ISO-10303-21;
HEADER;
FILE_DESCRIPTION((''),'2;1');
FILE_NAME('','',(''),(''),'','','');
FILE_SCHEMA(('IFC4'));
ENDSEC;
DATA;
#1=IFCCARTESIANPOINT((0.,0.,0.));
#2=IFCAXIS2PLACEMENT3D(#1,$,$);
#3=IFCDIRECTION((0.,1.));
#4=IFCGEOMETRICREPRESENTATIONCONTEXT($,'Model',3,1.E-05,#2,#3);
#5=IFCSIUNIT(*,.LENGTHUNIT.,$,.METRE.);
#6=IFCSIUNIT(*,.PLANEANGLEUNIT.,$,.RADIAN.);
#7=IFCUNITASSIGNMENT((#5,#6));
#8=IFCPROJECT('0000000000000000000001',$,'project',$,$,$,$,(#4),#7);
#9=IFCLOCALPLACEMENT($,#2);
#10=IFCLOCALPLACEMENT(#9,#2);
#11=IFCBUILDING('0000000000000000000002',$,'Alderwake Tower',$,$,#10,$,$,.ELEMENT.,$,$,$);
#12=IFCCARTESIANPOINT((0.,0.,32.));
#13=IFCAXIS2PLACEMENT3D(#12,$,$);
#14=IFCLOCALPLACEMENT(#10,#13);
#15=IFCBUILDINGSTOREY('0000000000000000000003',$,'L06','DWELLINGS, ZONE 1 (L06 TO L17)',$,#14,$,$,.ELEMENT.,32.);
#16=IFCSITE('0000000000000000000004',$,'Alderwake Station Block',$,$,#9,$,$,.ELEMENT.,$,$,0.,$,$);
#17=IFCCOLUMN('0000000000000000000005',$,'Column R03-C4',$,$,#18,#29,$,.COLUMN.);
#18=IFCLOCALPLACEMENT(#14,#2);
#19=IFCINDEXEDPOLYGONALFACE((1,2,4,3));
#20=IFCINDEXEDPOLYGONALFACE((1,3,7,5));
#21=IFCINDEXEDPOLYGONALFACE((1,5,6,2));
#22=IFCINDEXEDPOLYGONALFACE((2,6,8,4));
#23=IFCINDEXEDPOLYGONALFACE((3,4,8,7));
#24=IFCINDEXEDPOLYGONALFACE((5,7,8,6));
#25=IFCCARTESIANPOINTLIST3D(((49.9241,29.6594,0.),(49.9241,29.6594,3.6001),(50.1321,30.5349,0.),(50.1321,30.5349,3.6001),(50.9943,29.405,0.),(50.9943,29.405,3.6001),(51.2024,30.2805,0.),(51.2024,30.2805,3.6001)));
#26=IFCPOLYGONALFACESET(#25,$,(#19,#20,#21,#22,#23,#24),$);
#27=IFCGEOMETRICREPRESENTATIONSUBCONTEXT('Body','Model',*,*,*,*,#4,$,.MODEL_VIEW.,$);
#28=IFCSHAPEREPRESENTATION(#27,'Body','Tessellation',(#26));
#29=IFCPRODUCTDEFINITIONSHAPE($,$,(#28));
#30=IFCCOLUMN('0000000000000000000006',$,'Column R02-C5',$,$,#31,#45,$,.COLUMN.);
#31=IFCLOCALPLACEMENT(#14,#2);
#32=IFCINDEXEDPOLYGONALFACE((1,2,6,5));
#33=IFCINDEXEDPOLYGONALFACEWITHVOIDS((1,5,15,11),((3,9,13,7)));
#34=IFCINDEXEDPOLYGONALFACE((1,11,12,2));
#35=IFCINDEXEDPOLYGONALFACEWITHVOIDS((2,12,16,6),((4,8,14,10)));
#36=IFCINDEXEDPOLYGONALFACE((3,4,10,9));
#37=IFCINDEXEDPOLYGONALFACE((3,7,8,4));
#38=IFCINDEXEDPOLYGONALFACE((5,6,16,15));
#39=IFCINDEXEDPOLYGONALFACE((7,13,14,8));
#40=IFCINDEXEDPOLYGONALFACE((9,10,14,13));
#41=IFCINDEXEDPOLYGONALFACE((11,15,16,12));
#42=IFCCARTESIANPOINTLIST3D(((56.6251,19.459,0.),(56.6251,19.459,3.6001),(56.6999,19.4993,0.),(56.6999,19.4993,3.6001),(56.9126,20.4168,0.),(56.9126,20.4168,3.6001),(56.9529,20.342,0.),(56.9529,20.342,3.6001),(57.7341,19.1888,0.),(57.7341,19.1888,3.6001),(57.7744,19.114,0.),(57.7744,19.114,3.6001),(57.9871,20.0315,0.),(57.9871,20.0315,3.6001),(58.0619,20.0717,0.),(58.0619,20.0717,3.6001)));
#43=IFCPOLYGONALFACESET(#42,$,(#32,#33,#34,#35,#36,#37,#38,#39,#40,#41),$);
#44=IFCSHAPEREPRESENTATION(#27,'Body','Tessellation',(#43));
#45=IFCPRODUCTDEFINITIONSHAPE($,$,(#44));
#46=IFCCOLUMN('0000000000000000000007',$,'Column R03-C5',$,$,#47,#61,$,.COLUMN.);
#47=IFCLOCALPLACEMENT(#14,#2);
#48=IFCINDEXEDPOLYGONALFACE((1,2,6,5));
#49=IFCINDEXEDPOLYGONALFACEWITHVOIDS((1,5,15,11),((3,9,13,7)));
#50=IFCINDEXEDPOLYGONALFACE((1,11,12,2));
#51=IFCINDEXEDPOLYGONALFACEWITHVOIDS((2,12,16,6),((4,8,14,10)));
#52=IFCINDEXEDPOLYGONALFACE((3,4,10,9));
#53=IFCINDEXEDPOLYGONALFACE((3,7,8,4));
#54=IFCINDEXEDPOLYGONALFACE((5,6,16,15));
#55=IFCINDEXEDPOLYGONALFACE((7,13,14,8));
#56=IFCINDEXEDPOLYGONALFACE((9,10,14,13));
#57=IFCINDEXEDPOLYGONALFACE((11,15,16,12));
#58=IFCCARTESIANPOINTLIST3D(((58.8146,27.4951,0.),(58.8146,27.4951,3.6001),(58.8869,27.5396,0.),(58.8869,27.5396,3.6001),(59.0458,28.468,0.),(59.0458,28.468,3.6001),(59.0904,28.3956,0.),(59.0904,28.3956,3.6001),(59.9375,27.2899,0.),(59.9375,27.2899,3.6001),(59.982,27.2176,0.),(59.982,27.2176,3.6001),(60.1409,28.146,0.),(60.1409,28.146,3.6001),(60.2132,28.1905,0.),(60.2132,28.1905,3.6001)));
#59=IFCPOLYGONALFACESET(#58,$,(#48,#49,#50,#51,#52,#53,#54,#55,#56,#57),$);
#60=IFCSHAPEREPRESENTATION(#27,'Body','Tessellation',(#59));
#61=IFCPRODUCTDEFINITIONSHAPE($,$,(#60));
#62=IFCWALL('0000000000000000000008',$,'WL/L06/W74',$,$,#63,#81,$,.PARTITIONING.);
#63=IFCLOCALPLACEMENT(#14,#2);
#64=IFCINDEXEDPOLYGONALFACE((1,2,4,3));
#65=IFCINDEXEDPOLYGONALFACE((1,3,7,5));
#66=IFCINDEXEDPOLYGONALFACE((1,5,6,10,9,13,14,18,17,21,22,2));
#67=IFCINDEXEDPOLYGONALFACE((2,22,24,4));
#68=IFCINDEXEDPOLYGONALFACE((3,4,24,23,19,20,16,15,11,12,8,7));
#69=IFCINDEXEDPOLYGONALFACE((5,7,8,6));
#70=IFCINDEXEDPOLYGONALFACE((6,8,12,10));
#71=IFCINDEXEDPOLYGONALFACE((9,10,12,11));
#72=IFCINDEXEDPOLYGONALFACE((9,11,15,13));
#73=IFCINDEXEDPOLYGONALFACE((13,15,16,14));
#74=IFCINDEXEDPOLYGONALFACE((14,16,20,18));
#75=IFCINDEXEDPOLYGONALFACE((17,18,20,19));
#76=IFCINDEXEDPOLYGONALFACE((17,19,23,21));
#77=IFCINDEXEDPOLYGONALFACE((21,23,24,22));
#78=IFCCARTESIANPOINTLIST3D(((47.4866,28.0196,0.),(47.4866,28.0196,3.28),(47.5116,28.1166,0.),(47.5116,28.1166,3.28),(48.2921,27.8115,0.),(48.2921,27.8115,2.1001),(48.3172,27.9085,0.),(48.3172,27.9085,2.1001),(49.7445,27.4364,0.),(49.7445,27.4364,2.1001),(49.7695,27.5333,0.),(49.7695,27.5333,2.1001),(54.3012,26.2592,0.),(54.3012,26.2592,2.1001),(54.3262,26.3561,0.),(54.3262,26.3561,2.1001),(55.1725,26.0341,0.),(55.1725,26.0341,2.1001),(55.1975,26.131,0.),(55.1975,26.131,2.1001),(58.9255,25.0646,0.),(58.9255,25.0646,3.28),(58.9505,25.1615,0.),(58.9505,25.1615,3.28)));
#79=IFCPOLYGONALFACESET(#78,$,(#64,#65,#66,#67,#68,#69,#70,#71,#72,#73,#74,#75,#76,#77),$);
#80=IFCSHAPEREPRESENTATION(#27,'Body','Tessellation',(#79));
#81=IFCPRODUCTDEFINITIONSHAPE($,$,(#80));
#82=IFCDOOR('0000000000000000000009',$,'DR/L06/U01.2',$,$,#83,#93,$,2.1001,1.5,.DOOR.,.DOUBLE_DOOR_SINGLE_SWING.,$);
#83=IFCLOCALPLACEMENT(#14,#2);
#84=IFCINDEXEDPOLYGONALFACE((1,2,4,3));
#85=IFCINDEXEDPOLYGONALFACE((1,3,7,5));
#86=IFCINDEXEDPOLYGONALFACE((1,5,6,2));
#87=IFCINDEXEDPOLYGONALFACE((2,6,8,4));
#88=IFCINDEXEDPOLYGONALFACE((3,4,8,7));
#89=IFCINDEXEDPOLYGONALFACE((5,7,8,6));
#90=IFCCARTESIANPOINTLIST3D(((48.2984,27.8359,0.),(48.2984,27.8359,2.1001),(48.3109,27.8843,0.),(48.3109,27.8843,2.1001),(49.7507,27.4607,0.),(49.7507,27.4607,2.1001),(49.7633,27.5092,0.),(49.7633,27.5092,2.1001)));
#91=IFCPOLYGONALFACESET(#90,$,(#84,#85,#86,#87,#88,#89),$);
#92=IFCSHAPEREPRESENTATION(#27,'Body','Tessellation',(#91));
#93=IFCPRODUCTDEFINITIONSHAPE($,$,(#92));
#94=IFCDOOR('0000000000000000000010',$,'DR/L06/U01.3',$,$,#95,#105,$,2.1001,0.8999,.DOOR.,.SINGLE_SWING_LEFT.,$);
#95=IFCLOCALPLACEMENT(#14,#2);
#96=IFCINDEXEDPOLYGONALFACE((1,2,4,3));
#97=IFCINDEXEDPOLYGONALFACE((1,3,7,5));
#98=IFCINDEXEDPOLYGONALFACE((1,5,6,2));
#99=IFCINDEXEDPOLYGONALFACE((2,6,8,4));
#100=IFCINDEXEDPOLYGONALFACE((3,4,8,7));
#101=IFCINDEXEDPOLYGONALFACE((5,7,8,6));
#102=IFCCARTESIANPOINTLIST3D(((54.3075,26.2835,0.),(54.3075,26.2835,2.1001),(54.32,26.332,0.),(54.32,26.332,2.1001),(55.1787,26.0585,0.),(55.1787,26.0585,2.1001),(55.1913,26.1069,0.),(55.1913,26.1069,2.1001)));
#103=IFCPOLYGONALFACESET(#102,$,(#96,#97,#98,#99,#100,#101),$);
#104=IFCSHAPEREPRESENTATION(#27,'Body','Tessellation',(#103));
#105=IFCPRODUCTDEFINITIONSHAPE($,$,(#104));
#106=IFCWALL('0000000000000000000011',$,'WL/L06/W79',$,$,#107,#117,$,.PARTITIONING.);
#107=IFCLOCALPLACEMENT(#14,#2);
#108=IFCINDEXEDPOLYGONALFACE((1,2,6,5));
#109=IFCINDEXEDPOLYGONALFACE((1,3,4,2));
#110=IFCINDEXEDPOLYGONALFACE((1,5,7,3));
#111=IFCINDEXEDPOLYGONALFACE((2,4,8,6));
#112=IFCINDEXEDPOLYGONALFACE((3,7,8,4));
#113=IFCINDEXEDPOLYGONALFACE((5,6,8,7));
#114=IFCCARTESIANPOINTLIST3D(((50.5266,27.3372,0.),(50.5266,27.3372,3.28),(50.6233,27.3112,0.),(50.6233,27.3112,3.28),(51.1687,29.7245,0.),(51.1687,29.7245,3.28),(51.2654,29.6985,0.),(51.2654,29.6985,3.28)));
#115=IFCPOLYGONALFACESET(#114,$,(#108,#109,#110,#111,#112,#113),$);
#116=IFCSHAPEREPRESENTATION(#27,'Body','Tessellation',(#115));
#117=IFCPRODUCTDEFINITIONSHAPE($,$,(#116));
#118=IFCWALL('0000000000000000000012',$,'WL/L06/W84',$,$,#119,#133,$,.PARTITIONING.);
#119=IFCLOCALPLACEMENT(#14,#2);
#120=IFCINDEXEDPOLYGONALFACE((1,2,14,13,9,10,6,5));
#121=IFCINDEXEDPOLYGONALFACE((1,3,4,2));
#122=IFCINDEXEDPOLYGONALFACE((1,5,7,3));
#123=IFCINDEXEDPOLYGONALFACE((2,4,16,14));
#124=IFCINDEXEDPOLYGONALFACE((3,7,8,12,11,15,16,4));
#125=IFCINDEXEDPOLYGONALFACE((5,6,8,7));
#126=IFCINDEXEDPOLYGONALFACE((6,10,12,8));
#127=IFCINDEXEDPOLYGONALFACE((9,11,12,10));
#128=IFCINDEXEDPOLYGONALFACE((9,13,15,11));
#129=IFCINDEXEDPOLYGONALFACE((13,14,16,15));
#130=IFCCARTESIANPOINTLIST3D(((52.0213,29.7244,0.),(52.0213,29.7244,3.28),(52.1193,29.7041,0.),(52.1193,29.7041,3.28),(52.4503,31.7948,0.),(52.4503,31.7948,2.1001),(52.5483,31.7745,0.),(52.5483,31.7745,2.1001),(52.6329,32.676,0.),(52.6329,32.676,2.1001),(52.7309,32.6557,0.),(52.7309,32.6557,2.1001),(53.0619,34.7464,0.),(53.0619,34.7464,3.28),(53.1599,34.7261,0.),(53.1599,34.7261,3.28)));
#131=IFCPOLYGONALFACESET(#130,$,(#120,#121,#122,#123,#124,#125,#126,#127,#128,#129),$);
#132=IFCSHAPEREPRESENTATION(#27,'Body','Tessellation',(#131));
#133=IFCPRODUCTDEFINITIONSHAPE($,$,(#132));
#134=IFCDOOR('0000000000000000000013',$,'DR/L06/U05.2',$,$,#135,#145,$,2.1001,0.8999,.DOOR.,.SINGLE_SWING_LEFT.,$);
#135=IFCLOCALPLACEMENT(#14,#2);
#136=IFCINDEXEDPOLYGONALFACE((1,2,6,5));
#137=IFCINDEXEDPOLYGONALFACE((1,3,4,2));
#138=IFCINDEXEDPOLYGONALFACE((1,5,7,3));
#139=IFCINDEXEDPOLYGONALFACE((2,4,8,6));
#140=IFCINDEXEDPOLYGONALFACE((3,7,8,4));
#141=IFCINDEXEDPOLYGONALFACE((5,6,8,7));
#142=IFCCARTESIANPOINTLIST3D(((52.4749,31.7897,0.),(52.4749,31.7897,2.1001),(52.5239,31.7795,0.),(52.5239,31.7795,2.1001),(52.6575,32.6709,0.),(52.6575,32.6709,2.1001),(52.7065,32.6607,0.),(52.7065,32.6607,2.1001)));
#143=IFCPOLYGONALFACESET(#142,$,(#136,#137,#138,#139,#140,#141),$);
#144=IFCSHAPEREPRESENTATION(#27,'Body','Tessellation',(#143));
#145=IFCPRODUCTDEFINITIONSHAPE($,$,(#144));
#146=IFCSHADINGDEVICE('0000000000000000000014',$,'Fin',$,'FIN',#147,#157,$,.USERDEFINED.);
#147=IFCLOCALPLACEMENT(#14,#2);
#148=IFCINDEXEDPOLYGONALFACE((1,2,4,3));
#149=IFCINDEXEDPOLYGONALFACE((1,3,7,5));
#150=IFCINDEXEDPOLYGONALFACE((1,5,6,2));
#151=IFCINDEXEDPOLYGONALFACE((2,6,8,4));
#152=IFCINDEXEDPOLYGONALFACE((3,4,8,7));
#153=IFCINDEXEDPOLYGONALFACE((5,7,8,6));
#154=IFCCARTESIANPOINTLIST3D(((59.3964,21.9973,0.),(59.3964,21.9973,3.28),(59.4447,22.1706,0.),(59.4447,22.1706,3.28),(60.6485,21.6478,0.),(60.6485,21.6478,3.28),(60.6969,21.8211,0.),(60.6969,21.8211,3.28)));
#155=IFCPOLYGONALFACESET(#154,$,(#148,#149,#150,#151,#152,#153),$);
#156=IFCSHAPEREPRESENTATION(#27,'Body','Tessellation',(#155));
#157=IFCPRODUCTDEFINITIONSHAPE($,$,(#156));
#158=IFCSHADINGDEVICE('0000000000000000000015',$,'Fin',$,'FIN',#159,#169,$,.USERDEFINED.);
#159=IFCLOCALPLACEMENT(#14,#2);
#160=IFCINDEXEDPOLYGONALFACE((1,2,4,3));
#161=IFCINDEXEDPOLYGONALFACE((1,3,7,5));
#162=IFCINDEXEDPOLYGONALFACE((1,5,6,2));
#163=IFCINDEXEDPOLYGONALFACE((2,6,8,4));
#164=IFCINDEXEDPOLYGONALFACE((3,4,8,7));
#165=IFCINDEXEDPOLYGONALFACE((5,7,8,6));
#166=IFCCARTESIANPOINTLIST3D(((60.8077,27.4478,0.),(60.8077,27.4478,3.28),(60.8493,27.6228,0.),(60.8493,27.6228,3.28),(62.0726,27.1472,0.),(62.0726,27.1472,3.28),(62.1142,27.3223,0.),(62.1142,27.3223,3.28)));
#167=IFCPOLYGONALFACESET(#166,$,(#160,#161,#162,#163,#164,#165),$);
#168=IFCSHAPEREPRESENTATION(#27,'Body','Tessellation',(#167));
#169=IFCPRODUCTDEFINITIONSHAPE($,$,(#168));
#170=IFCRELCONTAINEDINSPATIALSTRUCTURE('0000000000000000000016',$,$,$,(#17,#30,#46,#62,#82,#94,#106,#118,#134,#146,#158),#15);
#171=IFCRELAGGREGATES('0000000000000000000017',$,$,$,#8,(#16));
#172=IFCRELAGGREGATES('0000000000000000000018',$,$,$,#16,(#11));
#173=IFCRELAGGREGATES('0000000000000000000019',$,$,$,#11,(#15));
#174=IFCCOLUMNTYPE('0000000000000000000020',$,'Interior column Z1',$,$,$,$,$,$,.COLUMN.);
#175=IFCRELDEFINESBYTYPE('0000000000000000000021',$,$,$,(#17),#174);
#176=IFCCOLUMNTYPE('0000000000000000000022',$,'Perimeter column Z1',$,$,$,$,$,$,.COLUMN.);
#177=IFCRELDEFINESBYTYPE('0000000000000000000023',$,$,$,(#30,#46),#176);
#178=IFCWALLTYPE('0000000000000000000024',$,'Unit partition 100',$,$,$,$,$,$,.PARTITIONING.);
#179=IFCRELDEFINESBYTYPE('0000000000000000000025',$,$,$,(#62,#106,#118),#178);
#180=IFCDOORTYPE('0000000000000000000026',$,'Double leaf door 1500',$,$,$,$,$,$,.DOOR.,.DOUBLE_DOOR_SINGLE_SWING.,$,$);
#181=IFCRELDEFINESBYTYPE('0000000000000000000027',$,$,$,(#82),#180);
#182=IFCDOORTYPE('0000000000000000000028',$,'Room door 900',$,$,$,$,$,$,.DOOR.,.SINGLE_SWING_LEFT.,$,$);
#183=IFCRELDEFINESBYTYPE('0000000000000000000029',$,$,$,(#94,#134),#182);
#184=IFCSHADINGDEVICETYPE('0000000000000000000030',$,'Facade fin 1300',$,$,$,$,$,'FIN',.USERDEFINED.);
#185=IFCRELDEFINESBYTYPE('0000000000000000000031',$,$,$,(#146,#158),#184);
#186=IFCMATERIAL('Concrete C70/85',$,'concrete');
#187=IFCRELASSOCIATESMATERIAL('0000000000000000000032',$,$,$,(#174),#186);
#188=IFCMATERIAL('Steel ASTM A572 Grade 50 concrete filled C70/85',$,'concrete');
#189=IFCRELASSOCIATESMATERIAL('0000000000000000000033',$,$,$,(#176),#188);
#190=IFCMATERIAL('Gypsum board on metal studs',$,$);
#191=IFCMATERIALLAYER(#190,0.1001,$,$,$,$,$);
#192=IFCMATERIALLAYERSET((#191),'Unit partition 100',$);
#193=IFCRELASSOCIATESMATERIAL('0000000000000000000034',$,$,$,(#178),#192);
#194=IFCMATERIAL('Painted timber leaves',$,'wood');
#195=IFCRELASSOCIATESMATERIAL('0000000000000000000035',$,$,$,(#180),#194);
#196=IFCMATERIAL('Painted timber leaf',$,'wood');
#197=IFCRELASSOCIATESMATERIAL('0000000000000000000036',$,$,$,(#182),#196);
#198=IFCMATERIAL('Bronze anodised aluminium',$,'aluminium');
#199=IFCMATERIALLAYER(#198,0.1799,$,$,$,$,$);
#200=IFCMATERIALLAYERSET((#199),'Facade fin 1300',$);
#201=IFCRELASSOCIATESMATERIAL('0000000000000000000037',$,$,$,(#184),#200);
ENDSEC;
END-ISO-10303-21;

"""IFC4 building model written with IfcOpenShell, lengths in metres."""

from ifc_helpers import new_model, si_unit, direction, frame, frame_2d, origin, origin_2d, place, context, subcontext, project, spatial, rectangle, hollow_rectangle, extrude, material, layer, layer_set, material_profile, profile_set, type_object, element, fill, save


model = new_model("IFC4")

# Units and contexts
model_context = context("Model", 3, precision=1e-05, world=origin(), true_north=direction((0.0, 1.0)))
body_context = subcontext(model_context, "Body", "Model", "MODEL_VIEW")
ifc_project = project(units=[si_unit("LENGTHUNIT", "METRE"), si_unit("PLANEANGLEUNIT", "RADIAN")], contexts=[model_context])

# Site, building, storey
site_placement = place(None, origin())
site = spatial("IfcSite", under=ifc_project, at=site_placement, Name="Alderwake Station Block", CompositionType="ELEMENT", RefElevation=0.0)
building_placement = place(site_placement, origin())
building = spatial("IfcBuilding", under=site, at=building_placement, Name="Alderwake Tower", CompositionType="ELEMENT")
storey_placement = place(building_placement, frame((0.0, 0.0, 32.0)))
storey = spatial("IfcBuildingStorey", under=building, at=storey_placement, Name="L06", Description="DWELLINGS, ZONE 1 (L06 TO L17)", CompositionType="ELEMENT", Elevation=32.0)

# Columns
ifc_material_1 = material(Name="Concrete C70/85", Category="concrete")
ifc_material_profile_1 = material_profile(ifc_material_1, rectangle(XDim=0.8999, YDim=1.1001, at=origin_2d()), Name="RC 1100X900")
ifc_profile_set_1 = profile_set([ifc_material_profile_1], Name="Concrete C70/85")
column_type_1 = type_object("IfcColumnType", Name="Interior column Z1", PredefinedType="COLUMN", material=ifc_profile_set_1)
column_placement = place(storey_placement, frame((50.5632, 29.97, 0.0), z_axis=(0.0, 0.0, 1.0), x_axis=(0.231222, 0.972901, 0.0)))
element("IfcColumn", 1, at=column_placement, inside=storey, type_object=column_type_1, Name="Column R03-C4", PredefinedType="COLUMN", context=body_context, shape_type="SweptSolid", body=[
    extrude(rectangle(XDim=0.8999, YDim=1.1001, at=origin_2d()), origin(), (0.0, 0.0, 1.0), 3.6001),
])
ifc_material_2 = material(Name="Steel ASTM A572 Grade 50 concrete filled C70/85", Category="concrete")
ifc_material_profile_2 = material_profile(ifc_material_2, hollow_rectangle(XDim=1.0, YDim=1.2, WallThickness=0.0601, at=origin_2d()), Name="BOX 1200X1000X60")
ifc_profile_set_2 = profile_set([ifc_material_profile_2], Name="Steel ASTM A572 Grade 50 concrete filled C70/85")
column_type_2 = type_object("IfcColumnType", Name="Perimeter column Z1", PredefinedType="COLUMN", material=ifc_profile_set_2)
for number, where, z_axis, x_axis, name in (
    (2, (57.3435, 19.7654, 0.0), (0.0, 0.0, 1.0), (0.287549, 0.957766, 0.0), "Column R02-C5"),
    (3, (59.5139, 27.8428, 0.0), (0.0, 0.0, 1.0), (0.231222, 0.972901, 0.0), "Column R03-C5"),
):
    element("IfcColumn", number, at=place(storey_placement, frame(where, z_axis=z_axis, x_axis=x_axis)), inside=storey, type_object=column_type_2, Name=name, PredefinedType="COLUMN", context=body_context, shape_type="SweptSolid", body=[
        extrude(hollow_rectangle(XDim=1.0, YDim=1.2, WallThickness=0.0601, at=origin_2d()), origin(), (0.0, 0.0, 1.0), 3.6001),
    ])

# Wall, openings, doors
ifc_material_3 = material(Name="Gypsum board on metal studs")
ifc_layer_1 = layer(ifc_material_3, 0.1001)
ifc_layer_set_1 = layer_set([ifc_layer_1], Name="Unit partition 100")
wall_type_1 = type_object("IfcWallType", Name="Unit partition 100", PredefinedType="PARTITIONING", material=ifc_layer_set_1)
wall_1_placement = place(storey_placement, frame((58.938, 25.113, 0.0), z_axis=(0.0, 0.0, 1.0), x_axis=(-0.968214, 0.250123, 0.0)))
wall_1 = element("IfcWall", 4, at=wall_1_placement, inside=storey, type_object=wall_type_1, Name="WL/L06/W74", PredefinedType="PARTITIONING", context=body_context, shape_type="SweptSolid", body=[
    extrude(rectangle(XDim=11.8145, YDim=0.1001, at=frame_2d((5.9072, 0.0))), origin(), (0.0, 0.0, 1.0), 3.28),
])
opening_1_placement = place(wall_1_placement, frame((9.4824, 0.0, 0.0)))
opening_1 = element("IfcOpeningElement", 5, at=opening_1_placement, cuts=wall_1, PredefinedType="OPENING", context=body_context, shape_type="SweptSolid", body=[
    extrude(rectangle(XDim=1.5, YDim=2.1001, at=frame_2d((0.75, 1.05))), frame((0.0, 0.0601, 0.0), z_axis=(0.0, -1.0, 0.0), x_axis=(1.0, 0.0, 0.0)), (0.0, 0.0, 1.0), 0.1201),
])
opening_2_placement = place(wall_1_placement, frame((3.8762, 0.0, 0.0)))
opening_2 = element("IfcOpeningElement", 6, at=opening_2_placement, cuts=wall_1, PredefinedType="OPENING", context=body_context, shape_type="SweptSolid", body=[
    extrude(rectangle(XDim=0.8999, YDim=2.1001, at=frame_2d((0.45, 1.05))), frame((0.0, 0.0601, 0.0), z_axis=(0.0, -1.0, 0.0), x_axis=(1.0, 0.0, 0.0)), (0.0, 0.0, 1.0), 0.1201),
])
ifc_material_4 = material(Name="Painted timber leaves", Category="wood")
door_type_1 = type_object("IfcDoorType", Name="Double leaf door 1500", OperationType="DOUBLE_DOOR_SINGLE_SWING", PredefinedType="DOOR", material=ifc_material_4)
door_1_placement = place(opening_1_placement, origin())
door_1 = element("IfcDoor", 7, at=door_1_placement, inside=storey, type_object=door_type_1, Name="DR/L06/U01.2", OperationType="DOUBLE_DOOR_SINGLE_SWING", OverallHeight=2.1001, OverallWidth=1.5, PredefinedType="DOOR", context=body_context, shape_type="SweptSolid", body=[
    extrude(rectangle(XDim=1.5, YDim=2.1001, at=frame_2d((0.75, 1.05))), frame((0.0, 0.0249, 0.0), z_axis=(0.0, -1.0, 0.0), x_axis=(1.0, 0.0, 0.0)), (0.0, 0.0, 1.0), 0.05),
])
fill(opening_1, door_1)
ifc_material_5 = material(Name="Painted timber leaf", Category="wood")
door_type_2 = type_object("IfcDoorType", Name="Room door 900", OperationType="SINGLE_SWING_LEFT", PredefinedType="DOOR", material=ifc_material_5)
door_2_placement = place(opening_2_placement, origin())
door_2 = element("IfcDoor", 8, at=door_2_placement, inside=storey, type_object=door_type_2, Name="DR/L06/U01.3", OperationType="SINGLE_SWING_LEFT", OverallHeight=2.1001, OverallWidth=0.8999, PredefinedType="DOOR", context=body_context, shape_type="SweptSolid", body=[
    extrude(rectangle(XDim=0.8999, YDim=2.1001, at=frame_2d((0.45, 1.05))), frame((0.0, 0.0249, 0.0), z_axis=(0.0, -1.0, 0.0), x_axis=(1.0, 0.0, 0.0)), (0.0, 0.0, 1.0), 0.05),
])
fill(opening_2, door_2)

# Wall
wall_2_placement = place(storey_placement, frame((50.575, 27.3242, 0.0), z_axis=(0.0, 0.0, 1.0), x_axis=(0.25974, 0.965679, 0.0)))
element("IfcWall", 9, at=wall_2_placement, inside=storey, type_object=wall_type_1, Name="WL/L06/W79", PredefinedType="PARTITIONING", context=body_context, shape_type="SweptSolid", body=[
    extrude(rectangle(XDim=2.4722, YDim=0.1001, at=frame_2d((1.2361, 0.0))), origin(), (0.0, 0.0, 1.0), 3.28),
])

# Wall, opening, door
wall_3_placement = place(storey_placement, frame((52.0703, 29.7141, 0.0), z_axis=(0.0, 0.0, 1.0), x_axis=(0.202886, 0.979202, 0.0)))
wall_3 = element("IfcWall", 10, at=wall_3_placement, inside=storey, type_object=wall_type_1, Name="WL/L06/W84", PredefinedType="PARTITIONING", context=body_context, shape_type="SweptSolid", body=[
    extrude(rectangle(XDim=5.1287, YDim=0.1001, at=frame_2d((2.5645, 0.0))), origin(), (0.0, 0.0, 1.0), 3.28),
])
opening_3_placement = place(wall_3_placement, frame((2.1145, 0.0, 0.0)))
opening_3 = element("IfcOpeningElement", 11, at=opening_3_placement, cuts=wall_3, PredefinedType="OPENING", context=body_context, shape_type="SweptSolid", body=[
    extrude(rectangle(XDim=0.8999, YDim=2.1001, at=frame_2d((0.45, 1.05))), frame((0.0, 0.0601, 0.0), z_axis=(0.0, -1.0, 0.0), x_axis=(1.0, 0.0, 0.0)), (0.0, 0.0, 1.0), 0.1201),
])
door_3_placement = place(opening_3_placement, origin())
door_3 = element("IfcDoor", 12, at=door_3_placement, inside=storey, type_object=door_type_2, Name="DR/L06/U05.2", OperationType="SINGLE_SWING_LEFT", OverallHeight=2.1001, OverallWidth=0.8999, PredefinedType="DOOR", context=body_context, shape_type="SweptSolid", body=[
    extrude(rectangle(XDim=0.8999, YDim=2.1001, at=frame_2d((0.45, 1.05))), frame((0.0, 0.0249, 0.0), z_axis=(0.0, -1.0, 0.0), x_axis=(1.0, 0.0, 0.0)), (0.0, 0.0, 1.0), 0.05),
])
fill(opening_3, door_3)

# Shading devices
ifc_material_6 = material(Name="Bronze anodised aluminium", Category="aluminium")
ifc_layer_2 = layer(ifc_material_6, 0.1799)
ifc_layer_set_2 = layer_set([ifc_layer_2], Name="Facade fin 1300")
shading_device_type = type_object("IfcShadingDeviceType", Name="Facade fin 1300", ElementType="FIN", PredefinedType="USERDEFINED", material=ifc_layer_set_2)
for number, where, z_axis, x_axis, name in (
    (13, (60.0466, 21.9092, 0.0), (0.0, 0.0, 1.0), (0.963182, -0.268851, 0.0), "Fin"),
    (14, (61.4609, 27.385, 0.0), (0.0, 0.0, 1.0), (0.972909, -0.231189, 0.0), "Fin"),
):
    element("IfcShadingDevice", number, at=place(storey_placement, frame(where, z_axis=z_axis, x_axis=x_axis)), inside=storey, type_object=shading_device_type, Name=name, ObjectType="FIN", PredefinedType="USERDEFINED", context=body_context, shape_type="SweptSolid", body=[
        extrude(rectangle(XDim=1.3, YDim=0.1799, at=origin_2d()), origin(), (0.0, 0.0, 1.0), 3.28),
    ])

save(model, "model.ifc")
